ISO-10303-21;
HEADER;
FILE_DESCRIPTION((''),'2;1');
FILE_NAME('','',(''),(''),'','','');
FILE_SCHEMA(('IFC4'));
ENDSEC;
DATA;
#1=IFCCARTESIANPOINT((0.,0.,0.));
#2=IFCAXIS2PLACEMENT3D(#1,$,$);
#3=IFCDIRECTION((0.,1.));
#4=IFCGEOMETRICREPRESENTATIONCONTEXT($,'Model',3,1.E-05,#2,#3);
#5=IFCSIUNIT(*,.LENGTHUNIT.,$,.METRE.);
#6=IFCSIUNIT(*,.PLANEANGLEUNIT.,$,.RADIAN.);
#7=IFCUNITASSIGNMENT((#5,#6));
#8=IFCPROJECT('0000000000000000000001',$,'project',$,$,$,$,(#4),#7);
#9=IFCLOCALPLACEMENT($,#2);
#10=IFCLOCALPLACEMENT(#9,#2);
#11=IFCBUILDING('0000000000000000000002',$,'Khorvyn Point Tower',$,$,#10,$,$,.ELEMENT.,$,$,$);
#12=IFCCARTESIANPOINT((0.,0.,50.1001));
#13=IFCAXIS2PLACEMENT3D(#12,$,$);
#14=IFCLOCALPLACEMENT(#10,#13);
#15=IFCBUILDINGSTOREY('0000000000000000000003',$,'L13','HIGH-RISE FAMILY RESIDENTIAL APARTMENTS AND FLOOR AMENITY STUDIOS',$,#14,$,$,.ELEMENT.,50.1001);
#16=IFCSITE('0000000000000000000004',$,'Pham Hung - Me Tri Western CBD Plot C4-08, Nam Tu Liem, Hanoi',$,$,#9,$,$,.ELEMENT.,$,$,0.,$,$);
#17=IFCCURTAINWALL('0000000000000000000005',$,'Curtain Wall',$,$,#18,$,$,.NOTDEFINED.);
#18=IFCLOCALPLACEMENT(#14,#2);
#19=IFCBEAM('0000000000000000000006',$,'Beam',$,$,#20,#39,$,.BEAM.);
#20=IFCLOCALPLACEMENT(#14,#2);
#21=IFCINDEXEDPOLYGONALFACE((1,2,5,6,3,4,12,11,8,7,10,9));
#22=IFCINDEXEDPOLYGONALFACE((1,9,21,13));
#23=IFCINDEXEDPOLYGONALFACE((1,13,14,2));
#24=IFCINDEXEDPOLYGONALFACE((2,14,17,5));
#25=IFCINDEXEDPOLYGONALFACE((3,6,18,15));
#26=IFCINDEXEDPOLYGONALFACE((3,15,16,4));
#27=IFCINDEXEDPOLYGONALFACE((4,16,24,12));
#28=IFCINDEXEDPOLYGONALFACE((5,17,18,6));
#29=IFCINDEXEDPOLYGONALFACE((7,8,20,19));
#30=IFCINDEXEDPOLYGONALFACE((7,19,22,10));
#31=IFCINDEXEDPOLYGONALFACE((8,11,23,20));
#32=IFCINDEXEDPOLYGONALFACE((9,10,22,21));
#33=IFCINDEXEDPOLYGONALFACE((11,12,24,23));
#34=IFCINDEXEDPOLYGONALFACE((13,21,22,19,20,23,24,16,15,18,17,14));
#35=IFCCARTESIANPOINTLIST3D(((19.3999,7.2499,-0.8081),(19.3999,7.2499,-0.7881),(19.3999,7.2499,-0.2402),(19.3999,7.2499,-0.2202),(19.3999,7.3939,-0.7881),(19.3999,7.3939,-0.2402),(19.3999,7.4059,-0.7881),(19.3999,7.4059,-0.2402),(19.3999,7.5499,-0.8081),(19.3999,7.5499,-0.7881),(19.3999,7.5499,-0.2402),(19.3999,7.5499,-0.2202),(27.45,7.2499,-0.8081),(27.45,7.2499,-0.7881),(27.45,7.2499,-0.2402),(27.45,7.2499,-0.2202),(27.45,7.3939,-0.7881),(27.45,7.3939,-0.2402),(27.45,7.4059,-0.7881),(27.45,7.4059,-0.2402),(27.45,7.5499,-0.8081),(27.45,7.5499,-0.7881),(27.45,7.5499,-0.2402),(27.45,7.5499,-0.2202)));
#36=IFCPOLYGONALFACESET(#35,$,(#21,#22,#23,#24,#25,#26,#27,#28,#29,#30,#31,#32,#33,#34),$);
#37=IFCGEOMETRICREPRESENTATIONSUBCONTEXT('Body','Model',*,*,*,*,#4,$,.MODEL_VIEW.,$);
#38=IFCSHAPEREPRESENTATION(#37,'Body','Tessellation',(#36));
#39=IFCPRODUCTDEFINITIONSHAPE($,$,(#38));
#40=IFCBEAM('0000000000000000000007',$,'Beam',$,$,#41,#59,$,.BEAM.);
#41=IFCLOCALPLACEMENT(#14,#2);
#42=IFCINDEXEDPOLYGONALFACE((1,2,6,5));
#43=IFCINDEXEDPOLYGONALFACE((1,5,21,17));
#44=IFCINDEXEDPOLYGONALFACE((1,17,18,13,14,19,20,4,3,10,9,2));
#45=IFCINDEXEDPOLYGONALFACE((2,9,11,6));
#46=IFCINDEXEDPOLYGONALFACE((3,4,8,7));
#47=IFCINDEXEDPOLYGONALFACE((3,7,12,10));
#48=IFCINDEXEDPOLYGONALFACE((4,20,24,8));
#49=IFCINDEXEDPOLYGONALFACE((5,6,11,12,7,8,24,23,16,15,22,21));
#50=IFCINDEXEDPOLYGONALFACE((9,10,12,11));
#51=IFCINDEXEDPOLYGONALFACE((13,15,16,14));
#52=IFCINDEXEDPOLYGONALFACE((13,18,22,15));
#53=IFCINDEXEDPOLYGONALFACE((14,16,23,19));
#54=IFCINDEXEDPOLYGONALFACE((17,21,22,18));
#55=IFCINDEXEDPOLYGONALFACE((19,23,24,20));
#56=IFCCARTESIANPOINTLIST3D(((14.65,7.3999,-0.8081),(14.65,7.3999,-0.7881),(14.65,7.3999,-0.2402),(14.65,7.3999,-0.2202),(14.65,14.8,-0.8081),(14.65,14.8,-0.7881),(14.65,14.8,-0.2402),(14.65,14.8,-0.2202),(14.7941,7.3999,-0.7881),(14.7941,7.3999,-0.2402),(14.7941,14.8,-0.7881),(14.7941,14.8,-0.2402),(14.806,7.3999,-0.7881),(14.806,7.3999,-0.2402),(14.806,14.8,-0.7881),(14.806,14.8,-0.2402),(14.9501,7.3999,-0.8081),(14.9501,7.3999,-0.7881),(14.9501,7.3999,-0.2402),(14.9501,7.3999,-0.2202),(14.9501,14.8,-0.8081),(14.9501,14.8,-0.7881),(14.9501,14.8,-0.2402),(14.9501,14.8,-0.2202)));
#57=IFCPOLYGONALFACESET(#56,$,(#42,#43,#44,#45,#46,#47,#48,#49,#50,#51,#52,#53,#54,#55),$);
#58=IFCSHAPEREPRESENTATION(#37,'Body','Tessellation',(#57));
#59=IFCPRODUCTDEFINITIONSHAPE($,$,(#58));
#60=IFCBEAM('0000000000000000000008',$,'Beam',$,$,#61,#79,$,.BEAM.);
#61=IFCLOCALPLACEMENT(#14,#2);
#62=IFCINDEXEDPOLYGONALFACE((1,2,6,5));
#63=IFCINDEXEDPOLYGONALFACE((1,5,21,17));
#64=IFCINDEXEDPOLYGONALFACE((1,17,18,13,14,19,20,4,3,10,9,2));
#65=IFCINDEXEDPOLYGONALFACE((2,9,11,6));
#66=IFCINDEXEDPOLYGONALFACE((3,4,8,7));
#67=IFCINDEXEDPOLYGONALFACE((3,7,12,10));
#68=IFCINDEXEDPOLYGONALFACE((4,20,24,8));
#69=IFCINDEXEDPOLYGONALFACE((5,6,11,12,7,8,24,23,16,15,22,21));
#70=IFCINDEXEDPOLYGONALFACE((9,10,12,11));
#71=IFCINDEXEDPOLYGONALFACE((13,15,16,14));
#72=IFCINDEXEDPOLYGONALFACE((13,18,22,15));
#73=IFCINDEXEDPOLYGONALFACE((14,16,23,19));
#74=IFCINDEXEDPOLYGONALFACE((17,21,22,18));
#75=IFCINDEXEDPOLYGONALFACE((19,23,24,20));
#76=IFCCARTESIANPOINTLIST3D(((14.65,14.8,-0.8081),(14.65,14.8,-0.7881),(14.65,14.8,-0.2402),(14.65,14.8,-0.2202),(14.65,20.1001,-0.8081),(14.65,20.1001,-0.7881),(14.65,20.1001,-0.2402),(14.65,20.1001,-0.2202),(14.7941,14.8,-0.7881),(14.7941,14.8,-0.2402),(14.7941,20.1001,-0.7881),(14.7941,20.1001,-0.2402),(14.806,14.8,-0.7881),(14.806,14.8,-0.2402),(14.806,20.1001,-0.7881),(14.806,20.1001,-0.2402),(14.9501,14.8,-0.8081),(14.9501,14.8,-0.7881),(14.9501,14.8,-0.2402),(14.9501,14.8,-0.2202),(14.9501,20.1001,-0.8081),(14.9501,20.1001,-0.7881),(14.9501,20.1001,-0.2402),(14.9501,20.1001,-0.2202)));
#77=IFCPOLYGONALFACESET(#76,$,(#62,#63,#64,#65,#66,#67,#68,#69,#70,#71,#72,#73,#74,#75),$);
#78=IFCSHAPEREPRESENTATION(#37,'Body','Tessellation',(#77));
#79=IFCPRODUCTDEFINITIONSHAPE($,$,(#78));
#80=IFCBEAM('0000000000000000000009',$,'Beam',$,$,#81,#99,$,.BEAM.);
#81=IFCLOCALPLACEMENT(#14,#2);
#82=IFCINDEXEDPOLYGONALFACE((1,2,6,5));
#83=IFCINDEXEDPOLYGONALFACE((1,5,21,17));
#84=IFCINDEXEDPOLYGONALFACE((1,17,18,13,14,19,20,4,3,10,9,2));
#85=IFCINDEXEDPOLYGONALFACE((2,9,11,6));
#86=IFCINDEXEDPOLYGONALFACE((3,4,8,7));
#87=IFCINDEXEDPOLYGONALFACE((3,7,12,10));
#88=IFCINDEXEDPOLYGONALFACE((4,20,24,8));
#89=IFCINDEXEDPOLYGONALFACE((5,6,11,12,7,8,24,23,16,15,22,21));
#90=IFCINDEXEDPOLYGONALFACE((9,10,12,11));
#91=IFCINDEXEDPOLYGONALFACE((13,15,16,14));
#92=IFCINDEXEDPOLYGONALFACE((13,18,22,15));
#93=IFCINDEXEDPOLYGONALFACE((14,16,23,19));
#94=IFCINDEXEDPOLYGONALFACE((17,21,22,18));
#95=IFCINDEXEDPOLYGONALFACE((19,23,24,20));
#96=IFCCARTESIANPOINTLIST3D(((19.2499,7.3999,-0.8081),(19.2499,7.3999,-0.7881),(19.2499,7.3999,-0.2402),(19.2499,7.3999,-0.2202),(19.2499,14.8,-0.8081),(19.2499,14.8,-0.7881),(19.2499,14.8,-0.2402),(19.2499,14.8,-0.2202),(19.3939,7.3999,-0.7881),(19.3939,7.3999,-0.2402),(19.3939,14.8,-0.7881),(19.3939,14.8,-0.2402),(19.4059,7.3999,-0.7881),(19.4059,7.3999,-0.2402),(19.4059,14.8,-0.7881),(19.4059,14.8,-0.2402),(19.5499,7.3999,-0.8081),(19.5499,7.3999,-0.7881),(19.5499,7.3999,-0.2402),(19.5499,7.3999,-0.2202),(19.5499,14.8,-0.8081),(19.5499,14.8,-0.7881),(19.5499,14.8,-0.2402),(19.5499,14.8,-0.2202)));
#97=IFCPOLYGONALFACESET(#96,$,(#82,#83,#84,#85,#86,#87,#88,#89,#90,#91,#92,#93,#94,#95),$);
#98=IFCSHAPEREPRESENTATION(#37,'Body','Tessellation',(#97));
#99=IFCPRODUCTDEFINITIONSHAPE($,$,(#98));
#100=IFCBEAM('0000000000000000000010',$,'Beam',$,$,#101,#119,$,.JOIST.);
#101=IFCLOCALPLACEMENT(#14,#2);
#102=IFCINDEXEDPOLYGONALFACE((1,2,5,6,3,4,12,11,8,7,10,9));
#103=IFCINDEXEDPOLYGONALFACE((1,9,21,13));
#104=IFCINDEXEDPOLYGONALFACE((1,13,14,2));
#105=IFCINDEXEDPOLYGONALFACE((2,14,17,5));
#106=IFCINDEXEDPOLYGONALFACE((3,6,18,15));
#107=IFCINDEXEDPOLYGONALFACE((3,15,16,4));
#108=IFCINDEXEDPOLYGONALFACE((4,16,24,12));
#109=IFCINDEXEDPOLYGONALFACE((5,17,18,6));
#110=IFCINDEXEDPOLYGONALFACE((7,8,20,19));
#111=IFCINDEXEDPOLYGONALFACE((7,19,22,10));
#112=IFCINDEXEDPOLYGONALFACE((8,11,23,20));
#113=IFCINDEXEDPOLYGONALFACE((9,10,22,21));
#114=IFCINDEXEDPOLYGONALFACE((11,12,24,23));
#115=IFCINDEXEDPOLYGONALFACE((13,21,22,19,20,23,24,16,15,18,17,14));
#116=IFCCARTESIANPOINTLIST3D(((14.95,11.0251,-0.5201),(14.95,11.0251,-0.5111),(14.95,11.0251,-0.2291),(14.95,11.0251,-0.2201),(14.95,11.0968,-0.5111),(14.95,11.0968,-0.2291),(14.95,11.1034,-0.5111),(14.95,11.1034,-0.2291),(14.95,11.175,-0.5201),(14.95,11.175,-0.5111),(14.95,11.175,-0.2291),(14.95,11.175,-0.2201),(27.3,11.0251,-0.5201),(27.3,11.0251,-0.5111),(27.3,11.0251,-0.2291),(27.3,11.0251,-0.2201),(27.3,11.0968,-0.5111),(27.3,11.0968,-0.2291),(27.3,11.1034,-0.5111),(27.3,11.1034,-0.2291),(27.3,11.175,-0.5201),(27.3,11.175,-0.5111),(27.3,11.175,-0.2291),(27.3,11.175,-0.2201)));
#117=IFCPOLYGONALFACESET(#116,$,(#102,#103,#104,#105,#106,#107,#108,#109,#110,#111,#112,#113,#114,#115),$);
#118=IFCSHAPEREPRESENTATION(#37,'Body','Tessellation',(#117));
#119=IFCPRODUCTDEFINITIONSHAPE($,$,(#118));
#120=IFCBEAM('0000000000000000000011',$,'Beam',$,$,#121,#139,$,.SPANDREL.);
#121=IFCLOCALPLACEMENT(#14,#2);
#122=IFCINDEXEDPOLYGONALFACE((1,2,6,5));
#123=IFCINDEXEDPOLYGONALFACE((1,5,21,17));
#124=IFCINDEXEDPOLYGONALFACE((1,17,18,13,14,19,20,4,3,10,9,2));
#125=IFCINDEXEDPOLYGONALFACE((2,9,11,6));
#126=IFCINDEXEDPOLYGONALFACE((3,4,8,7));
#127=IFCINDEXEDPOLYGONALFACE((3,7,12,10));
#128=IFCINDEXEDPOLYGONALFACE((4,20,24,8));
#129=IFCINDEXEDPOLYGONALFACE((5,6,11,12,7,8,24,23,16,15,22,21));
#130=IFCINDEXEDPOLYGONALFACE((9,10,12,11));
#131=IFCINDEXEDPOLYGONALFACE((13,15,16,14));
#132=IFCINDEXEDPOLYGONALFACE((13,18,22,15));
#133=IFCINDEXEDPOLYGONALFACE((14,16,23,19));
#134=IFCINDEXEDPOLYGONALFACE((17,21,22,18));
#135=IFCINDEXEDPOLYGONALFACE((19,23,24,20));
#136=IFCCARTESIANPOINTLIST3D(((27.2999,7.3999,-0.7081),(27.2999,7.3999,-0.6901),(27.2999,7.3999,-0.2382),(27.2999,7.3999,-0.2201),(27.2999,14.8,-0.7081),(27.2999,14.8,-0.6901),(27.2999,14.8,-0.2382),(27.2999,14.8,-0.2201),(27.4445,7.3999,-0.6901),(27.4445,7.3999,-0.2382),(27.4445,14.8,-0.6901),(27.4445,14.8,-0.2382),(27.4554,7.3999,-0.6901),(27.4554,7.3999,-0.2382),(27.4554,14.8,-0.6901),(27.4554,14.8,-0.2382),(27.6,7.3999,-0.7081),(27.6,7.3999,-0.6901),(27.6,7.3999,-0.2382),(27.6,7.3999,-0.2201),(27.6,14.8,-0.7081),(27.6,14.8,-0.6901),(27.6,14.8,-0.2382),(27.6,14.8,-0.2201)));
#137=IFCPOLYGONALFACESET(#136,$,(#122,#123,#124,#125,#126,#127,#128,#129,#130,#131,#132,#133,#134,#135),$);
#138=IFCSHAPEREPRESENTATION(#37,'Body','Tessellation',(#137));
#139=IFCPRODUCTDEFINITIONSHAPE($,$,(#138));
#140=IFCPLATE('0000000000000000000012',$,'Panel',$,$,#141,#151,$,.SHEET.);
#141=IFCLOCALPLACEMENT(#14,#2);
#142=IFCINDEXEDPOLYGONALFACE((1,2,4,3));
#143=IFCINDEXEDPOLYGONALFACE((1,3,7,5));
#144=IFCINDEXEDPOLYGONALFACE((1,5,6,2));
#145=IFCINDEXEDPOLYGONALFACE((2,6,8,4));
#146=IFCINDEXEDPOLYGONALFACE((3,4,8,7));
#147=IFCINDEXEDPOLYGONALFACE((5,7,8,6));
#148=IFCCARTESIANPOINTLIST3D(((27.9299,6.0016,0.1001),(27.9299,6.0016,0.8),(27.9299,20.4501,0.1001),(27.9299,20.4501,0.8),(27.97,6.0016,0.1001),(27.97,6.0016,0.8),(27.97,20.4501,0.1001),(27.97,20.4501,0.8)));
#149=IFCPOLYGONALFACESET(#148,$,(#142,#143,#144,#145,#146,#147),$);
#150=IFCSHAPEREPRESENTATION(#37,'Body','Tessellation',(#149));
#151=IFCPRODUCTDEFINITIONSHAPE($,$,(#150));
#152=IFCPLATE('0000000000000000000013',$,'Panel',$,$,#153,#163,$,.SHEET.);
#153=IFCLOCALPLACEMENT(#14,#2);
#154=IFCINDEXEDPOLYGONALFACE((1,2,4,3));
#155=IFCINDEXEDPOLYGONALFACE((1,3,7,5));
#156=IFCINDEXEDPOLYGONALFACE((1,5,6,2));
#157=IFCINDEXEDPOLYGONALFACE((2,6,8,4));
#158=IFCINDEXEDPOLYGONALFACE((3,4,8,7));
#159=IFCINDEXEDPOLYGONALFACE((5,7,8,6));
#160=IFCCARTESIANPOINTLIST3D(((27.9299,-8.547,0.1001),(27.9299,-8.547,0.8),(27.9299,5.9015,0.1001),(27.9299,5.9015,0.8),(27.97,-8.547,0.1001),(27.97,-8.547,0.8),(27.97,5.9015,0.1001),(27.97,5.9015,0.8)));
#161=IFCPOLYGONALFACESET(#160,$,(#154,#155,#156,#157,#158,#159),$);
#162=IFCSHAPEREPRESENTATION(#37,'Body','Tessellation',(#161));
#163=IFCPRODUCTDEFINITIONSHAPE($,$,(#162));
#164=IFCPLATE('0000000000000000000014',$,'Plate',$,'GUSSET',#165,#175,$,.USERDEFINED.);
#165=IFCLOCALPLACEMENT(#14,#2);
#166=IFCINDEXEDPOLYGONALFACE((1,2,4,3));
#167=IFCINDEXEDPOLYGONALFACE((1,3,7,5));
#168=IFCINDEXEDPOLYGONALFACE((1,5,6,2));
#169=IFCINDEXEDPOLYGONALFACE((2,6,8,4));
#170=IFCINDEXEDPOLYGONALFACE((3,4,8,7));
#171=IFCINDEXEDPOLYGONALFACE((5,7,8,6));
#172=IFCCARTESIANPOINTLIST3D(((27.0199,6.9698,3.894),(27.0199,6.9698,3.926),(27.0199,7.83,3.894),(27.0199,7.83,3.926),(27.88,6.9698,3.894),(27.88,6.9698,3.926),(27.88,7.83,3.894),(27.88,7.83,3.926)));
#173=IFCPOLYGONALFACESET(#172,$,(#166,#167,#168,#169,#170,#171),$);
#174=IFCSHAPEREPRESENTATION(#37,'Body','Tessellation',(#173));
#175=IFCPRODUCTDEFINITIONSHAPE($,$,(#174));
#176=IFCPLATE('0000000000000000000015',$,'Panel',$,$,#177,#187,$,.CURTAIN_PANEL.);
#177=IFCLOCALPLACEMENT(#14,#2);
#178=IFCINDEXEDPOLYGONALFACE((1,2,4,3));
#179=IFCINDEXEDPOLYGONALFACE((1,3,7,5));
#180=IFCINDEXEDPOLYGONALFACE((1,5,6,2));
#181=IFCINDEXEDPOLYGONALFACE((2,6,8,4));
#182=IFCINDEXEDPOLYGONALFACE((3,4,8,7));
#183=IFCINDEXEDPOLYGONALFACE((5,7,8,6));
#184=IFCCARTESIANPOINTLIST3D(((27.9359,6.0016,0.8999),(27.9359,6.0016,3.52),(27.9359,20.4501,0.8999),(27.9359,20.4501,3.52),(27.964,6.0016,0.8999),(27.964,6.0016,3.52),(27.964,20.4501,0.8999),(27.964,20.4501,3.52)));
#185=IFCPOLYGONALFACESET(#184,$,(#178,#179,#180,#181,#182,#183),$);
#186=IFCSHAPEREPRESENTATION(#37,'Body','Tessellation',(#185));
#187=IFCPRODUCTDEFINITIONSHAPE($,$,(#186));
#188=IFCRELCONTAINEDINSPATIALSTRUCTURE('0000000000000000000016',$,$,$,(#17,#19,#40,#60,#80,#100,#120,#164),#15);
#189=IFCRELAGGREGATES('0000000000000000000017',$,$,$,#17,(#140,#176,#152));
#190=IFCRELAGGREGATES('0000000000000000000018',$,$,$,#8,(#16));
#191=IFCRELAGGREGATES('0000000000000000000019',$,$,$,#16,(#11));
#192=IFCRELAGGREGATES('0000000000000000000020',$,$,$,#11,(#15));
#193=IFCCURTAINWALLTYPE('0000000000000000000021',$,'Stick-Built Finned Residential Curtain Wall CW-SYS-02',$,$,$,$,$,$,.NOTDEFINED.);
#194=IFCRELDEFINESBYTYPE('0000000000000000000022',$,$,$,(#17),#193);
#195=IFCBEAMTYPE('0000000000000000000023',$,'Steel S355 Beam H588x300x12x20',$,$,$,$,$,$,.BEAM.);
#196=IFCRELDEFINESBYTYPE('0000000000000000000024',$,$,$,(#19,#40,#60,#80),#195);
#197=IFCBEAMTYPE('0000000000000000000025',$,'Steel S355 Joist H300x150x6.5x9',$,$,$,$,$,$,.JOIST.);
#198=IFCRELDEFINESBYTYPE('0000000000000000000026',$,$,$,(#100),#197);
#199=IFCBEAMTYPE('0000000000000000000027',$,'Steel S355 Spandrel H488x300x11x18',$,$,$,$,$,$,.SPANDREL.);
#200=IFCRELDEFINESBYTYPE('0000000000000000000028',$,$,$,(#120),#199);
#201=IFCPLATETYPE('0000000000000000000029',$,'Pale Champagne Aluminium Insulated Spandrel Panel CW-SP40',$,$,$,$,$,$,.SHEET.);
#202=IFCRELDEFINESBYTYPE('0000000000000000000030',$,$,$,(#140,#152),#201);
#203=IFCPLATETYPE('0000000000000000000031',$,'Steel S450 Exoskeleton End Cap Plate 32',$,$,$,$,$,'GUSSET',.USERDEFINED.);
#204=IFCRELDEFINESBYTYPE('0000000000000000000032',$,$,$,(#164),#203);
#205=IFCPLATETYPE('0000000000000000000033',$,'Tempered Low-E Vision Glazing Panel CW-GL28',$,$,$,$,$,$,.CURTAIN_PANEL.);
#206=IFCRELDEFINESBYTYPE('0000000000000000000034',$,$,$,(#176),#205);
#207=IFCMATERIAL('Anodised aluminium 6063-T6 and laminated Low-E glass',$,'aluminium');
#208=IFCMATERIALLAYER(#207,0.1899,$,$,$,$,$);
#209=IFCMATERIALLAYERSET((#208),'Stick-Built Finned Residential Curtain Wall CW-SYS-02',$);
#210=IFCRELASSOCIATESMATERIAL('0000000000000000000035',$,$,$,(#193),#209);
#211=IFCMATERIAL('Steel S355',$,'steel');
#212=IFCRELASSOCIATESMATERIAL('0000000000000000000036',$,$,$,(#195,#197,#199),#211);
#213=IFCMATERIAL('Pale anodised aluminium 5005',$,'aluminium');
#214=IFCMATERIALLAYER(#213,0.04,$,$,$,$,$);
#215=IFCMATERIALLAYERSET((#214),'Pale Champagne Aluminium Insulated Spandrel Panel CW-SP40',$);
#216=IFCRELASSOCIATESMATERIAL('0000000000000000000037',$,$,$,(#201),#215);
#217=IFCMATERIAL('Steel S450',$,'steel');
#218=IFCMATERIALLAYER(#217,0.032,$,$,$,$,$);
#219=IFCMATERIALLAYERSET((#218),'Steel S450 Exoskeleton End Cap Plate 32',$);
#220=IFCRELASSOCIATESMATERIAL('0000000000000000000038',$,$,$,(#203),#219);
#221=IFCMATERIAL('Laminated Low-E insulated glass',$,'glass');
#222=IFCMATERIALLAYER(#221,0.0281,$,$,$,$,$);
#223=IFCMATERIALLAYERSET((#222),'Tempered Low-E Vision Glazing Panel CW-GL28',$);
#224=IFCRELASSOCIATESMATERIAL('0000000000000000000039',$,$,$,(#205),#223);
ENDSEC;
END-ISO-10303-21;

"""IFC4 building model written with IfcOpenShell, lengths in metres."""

from ifc_helpers import new_model, si_unit, direction, frame, origin, origin_2d, place, context, subcontext, project, spatial, rectangle, i_section, extrude, material, layer, layer_set, material_profile, profile_set, type_object, element, aggregate, save


model = new_model("IFC4")

# Units and contexts
model_context = context("Model", 3, precision=1e-05, world=origin(), true_north=direction((0.0, 1.0)))
body_context = subcontext(model_context, "Body", "Model", "MODEL_VIEW")
ifc_project = project(units=[si_unit("LENGTHUNIT", "METRE"), si_unit("PLANEANGLEUNIT", "RADIAN")], contexts=[model_context])

# Site, building, storey
site_placement = place(None, origin())
site = spatial("IfcSite", under=ifc_project, at=site_placement, Name="Pham Hung - Me Tri Western CBD Plot C4-08, Nam Tu Liem, Hanoi", CompositionType="ELEMENT", RefElevation=0.0)
building_placement = place(site_placement, origin())
building = spatial("IfcBuilding", under=site, at=building_placement, Name="Khorvyn Point Tower", CompositionType="ELEMENT")
storey_placement = place(building_placement, frame((0.0, 0.0, 50.1001)))
storey = spatial("IfcBuildingStorey", under=building, at=storey_placement, Name="L13", Description="HIGH-RISE FAMILY RESIDENTIAL APARTMENTS AND FLOOR AMENITY STUDIOS", CompositionType="ELEMENT", Elevation=50.1001)

# Shared definitions
ifc_material_1 = material(Name="Steel S450", Category="steel")

# Curtain wall
ifc_material_2 = material(Name="Anodised aluminium 6063-T6 and laminated Low-E glass", Category="aluminium")
ifc_layer_1 = layer(ifc_material_2, 0.1899)
ifc_layer_set_1 = layer_set([ifc_layer_1], Name="Stick-Built Finned Residential Curtain Wall CW-SYS-02")
curtain_wall_type = type_object("IfcCurtainWallType", Name="Stick-Built Finned Residential Curtain Wall CW-SYS-02", PredefinedType="NOTDEFINED", material=ifc_layer_set_1)
curtain_wall_placement = place(storey_placement, origin())
curtain_wall = element("IfcCurtainWall", 1, at=curtain_wall_placement, inside=storey, type_object=curtain_wall_type, Name="Curtain Wall", PredefinedType="NOTDEFINED")

# Beams
ifc_material_3 = material(Name="Steel S355", Category="steel")
ifc_material_profile_1 = material_profile(ifc_material_3, i_section(OverallWidth=0.3, OverallDepth=0.5879, WebThickness=0.012, FlangeThickness=0.02, at=origin_2d()))
ifc_profile_set_1 = profile_set([ifc_material_profile_1], Name="Steel S355 H588x300x12x20")
beam_type_1 = type_object("IfcBeamType", Name="Steel S355 Beam H588x300x12x20", PredefinedType="BEAM", material=ifc_profile_set_1)
beam_1_placement = place(storey_placement, frame((19.3999, 7.3999, -0.5142), z_axis=(1.0, 0.0, 0.0), x_axis=(0.0, 1.0, 0.0)))
element("IfcBeam", 2, at=beam_1_placement, inside=storey, type_object=beam_type_1, Name="Beam", PredefinedType="BEAM", context=body_context, shape_type="SweptSolid", body=[
    extrude(i_section(OverallWidth=0.3, OverallDepth=0.5879, WebThickness=0.012, FlangeThickness=0.02, at=origin_2d()), origin(), (0.0, 0.0, 1.0), 8.05),
])
beam_2_placement = place(storey_placement, frame((14.8, 7.3999, -0.5142), z_axis=(0.0, 1.0, 0.0), x_axis=(-1.0, 0.0, 0.0)))
element("IfcBeam", 3, at=beam_2_placement, inside=storey, type_object=beam_type_1, Name="Beam", PredefinedType="BEAM", context=body_context, shape_type="SweptSolid", body=[
    extrude(i_section(OverallWidth=0.3, OverallDepth=0.5879, WebThickness=0.012, FlangeThickness=0.02, at=origin_2d()), origin(), (0.0, 0.0, 1.0), 7.4001),
])
beam_3_placement = place(storey_placement, frame((14.8, 14.8, -0.5142), z_axis=(0.0, 1.0, 0.0), x_axis=(-1.0, 0.0, 0.0)))
element("IfcBeam", 4, at=beam_3_placement, inside=storey, type_object=beam_type_1, Name="Beam", PredefinedType="BEAM", context=body_context, shape_type="SweptSolid", body=[
    extrude(i_section(OverallWidth=0.3, OverallDepth=0.5879, WebThickness=0.012, FlangeThickness=0.02, at=origin_2d()), origin(), (0.0, 0.0, 1.0), 5.3),
])
beam_4_placement = place(storey_placement, frame((19.3999, 7.3999, -0.5142), z_axis=(0.0, 1.0, 0.0), x_axis=(-1.0, 0.0, 0.0)))
element("IfcBeam", 5, at=beam_4_placement, inside=storey, type_object=beam_type_1, Name="Beam", PredefinedType="BEAM", context=body_context, shape_type="SweptSolid", body=[
    extrude(i_section(OverallWidth=0.3, OverallDepth=0.5879, WebThickness=0.012, FlangeThickness=0.02, at=origin_2d()), origin(), (0.0, 0.0, 1.0), 7.4001),
])
ifc_material_profile_2 = material_profile(ifc_material_3, i_section(OverallWidth=0.1499, OverallDepth=0.3, WebThickness=0.0066, FlangeThickness=0.009, at=origin_2d()))
ifc_profile_set_2 = profile_set([ifc_material_profile_2], Name="Steel S355 H300x150x6.5x9")
beam_type_2 = type_object("IfcBeamType", Name="Steel S355 Joist H300x150x6.5x9", PredefinedType="JOIST", material=ifc_profile_set_2)
beam_5_placement = place(storey_placement, frame((14.95, 11.1001, -0.3701), z_axis=(1.0, 0.0, 0.0), x_axis=(0.0, 1.0, 0.0)))
element("IfcBeam", 6, at=beam_5_placement, inside=storey, type_object=beam_type_2, Name="Beam", PredefinedType="JOIST", context=body_context, shape_type="SweptSolid", body=[
    extrude(i_section(OverallWidth=0.1499, OverallDepth=0.3, WebThickness=0.0066, FlangeThickness=0.009, at=origin_2d()), origin(), (0.0, 0.0, 1.0), 12.3501),
])
ifc_material_profile_3 = material_profile(ifc_material_3, i_section(OverallWidth=0.3, OverallDepth=0.488, WebThickness=0.011, FlangeThickness=0.0181, at=origin_2d()))
ifc_profile_set_3 = profile_set([ifc_material_profile_3], Name="Steel S355 H488x300x11x18")
beam_type_3 = type_object("IfcBeamType", Name="Steel S355 Spandrel H488x300x11x18", PredefinedType="SPANDREL", material=ifc_profile_set_3)
beam_6_placement = place(storey_placement, frame((27.45, 7.3999, -0.4641), z_axis=(0.0, 1.0, 0.0), x_axis=(-1.0, 0.0, 0.0)))
element("IfcBeam", 7, at=beam_6_placement, inside=storey, type_object=beam_type_3, Name="Beam", PredefinedType="SPANDREL", context=body_context, shape_type="SweptSolid", body=[
    extrude(i_section(OverallWidth=0.3, OverallDepth=0.488, WebThickness=0.011, FlangeThickness=0.0181, at=origin_2d()), origin(), (0.0, 0.0, 1.0), 7.4001),
])

# Plates
ifc_material_4 = material(Name="Pale anodised aluminium 5005", Category="aluminium")
ifc_layer_2 = layer(ifc_material_4, 0.04)
ifc_layer_set_2 = layer_set([ifc_layer_2], Name="Pale Champagne Aluminium Insulated Spandrel Panel CW-SP40")
plate_type_1 = type_object("IfcPlateType", Name="Pale Champagne Aluminium Insulated Spandrel Panel CW-SP40", PredefinedType="SHEET", material=ifc_layer_set_2)
plate_1_placement = place(storey_placement, frame((27.95, 13.2258, 0.1001), z_axis=(0.0, 0.0, 1.0), x_axis=(0.0, -1.0, 0.0)))
plate_1 = element("IfcPlate", 8, at=plate_1_placement, type_object=plate_type_1, Name="Panel", PredefinedType="SHEET", context=body_context, shape_type="SweptSolid", body=[
    extrude(rectangle(XDim=14.4485, YDim=0.04, at=origin_2d()), origin(), (0.0, 0.0, 1.0), 0.7),
])
plate_2_placement = place(storey_placement, frame((27.95, -1.3228, 0.1001), z_axis=(0.0, 0.0, 1.0), x_axis=(0.0, -1.0, 0.0)))
plate_2 = element("IfcPlate", 9, at=plate_2_placement, type_object=plate_type_1, Name="Panel", PredefinedType="SHEET", context=body_context, shape_type="SweptSolid", body=[
    extrude(rectangle(XDim=14.4485, YDim=0.04, at=origin_2d()), origin(), (0.0, 0.0, 1.0), 0.7),
])
ifc_layer_3 = layer(ifc_material_1, 0.032)
ifc_layer_set_3 = layer_set([ifc_layer_3], Name="Steel S450 Exoskeleton End Cap Plate 32")
plate_type_2 = type_object("IfcPlateType", Name="Steel S450 Exoskeleton End Cap Plate 32", ElementType="GUSSET", PredefinedType="USERDEFINED", material=ifc_layer_set_3)
plate_3_placement = place(storey_placement, frame((27.45, 7.3999, 3.894), z_axis=(0.0, 0.0, 1.0), x_axis=(1.0, 0.0, 0.0)))
element("IfcPlate", 10, at=plate_3_placement, inside=storey, type_object=plate_type_2, Name="Plate", ObjectType="GUSSET", PredefinedType="USERDEFINED", context=body_context, shape_type="SweptSolid", body=[
    extrude(rectangle(XDim=0.8601, YDim=0.8601, at=origin_2d()), origin(), (0.0, 0.0, 1.0), 0.032),
])
ifc_material_5 = material(Name="Laminated Low-E insulated glass", Category="glass")
ifc_layer_4 = layer(ifc_material_5, 0.0281)
ifc_layer_set_4 = layer_set([ifc_layer_4], Name="Tempered Low-E Vision Glazing Panel CW-GL28")
plate_type_3 = type_object("IfcPlateType", Name="Tempered Low-E Vision Glazing Panel CW-GL28", PredefinedType="CURTAIN_PANEL", material=ifc_layer_set_4)
plate_4_placement = place(storey_placement, frame((27.95, 13.2258, 0.8999), z_axis=(0.0, 0.0, 1.0), x_axis=(0.0, -1.0, 0.0)))
plate_4 = element("IfcPlate", 11, at=plate_4_placement, type_object=plate_type_3, Name="Panel", PredefinedType="CURTAIN_PANEL", context=body_context, shape_type="SweptSolid", body=[
    extrude(rectangle(XDim=14.4485, YDim=0.0281, at=origin_2d()), origin(), (0.0, 0.0, 1.0), 2.6201),
])
aggregate(curtain_wall, [plate_1, plate_4, plate_2])

save(model, "model.ifc")
